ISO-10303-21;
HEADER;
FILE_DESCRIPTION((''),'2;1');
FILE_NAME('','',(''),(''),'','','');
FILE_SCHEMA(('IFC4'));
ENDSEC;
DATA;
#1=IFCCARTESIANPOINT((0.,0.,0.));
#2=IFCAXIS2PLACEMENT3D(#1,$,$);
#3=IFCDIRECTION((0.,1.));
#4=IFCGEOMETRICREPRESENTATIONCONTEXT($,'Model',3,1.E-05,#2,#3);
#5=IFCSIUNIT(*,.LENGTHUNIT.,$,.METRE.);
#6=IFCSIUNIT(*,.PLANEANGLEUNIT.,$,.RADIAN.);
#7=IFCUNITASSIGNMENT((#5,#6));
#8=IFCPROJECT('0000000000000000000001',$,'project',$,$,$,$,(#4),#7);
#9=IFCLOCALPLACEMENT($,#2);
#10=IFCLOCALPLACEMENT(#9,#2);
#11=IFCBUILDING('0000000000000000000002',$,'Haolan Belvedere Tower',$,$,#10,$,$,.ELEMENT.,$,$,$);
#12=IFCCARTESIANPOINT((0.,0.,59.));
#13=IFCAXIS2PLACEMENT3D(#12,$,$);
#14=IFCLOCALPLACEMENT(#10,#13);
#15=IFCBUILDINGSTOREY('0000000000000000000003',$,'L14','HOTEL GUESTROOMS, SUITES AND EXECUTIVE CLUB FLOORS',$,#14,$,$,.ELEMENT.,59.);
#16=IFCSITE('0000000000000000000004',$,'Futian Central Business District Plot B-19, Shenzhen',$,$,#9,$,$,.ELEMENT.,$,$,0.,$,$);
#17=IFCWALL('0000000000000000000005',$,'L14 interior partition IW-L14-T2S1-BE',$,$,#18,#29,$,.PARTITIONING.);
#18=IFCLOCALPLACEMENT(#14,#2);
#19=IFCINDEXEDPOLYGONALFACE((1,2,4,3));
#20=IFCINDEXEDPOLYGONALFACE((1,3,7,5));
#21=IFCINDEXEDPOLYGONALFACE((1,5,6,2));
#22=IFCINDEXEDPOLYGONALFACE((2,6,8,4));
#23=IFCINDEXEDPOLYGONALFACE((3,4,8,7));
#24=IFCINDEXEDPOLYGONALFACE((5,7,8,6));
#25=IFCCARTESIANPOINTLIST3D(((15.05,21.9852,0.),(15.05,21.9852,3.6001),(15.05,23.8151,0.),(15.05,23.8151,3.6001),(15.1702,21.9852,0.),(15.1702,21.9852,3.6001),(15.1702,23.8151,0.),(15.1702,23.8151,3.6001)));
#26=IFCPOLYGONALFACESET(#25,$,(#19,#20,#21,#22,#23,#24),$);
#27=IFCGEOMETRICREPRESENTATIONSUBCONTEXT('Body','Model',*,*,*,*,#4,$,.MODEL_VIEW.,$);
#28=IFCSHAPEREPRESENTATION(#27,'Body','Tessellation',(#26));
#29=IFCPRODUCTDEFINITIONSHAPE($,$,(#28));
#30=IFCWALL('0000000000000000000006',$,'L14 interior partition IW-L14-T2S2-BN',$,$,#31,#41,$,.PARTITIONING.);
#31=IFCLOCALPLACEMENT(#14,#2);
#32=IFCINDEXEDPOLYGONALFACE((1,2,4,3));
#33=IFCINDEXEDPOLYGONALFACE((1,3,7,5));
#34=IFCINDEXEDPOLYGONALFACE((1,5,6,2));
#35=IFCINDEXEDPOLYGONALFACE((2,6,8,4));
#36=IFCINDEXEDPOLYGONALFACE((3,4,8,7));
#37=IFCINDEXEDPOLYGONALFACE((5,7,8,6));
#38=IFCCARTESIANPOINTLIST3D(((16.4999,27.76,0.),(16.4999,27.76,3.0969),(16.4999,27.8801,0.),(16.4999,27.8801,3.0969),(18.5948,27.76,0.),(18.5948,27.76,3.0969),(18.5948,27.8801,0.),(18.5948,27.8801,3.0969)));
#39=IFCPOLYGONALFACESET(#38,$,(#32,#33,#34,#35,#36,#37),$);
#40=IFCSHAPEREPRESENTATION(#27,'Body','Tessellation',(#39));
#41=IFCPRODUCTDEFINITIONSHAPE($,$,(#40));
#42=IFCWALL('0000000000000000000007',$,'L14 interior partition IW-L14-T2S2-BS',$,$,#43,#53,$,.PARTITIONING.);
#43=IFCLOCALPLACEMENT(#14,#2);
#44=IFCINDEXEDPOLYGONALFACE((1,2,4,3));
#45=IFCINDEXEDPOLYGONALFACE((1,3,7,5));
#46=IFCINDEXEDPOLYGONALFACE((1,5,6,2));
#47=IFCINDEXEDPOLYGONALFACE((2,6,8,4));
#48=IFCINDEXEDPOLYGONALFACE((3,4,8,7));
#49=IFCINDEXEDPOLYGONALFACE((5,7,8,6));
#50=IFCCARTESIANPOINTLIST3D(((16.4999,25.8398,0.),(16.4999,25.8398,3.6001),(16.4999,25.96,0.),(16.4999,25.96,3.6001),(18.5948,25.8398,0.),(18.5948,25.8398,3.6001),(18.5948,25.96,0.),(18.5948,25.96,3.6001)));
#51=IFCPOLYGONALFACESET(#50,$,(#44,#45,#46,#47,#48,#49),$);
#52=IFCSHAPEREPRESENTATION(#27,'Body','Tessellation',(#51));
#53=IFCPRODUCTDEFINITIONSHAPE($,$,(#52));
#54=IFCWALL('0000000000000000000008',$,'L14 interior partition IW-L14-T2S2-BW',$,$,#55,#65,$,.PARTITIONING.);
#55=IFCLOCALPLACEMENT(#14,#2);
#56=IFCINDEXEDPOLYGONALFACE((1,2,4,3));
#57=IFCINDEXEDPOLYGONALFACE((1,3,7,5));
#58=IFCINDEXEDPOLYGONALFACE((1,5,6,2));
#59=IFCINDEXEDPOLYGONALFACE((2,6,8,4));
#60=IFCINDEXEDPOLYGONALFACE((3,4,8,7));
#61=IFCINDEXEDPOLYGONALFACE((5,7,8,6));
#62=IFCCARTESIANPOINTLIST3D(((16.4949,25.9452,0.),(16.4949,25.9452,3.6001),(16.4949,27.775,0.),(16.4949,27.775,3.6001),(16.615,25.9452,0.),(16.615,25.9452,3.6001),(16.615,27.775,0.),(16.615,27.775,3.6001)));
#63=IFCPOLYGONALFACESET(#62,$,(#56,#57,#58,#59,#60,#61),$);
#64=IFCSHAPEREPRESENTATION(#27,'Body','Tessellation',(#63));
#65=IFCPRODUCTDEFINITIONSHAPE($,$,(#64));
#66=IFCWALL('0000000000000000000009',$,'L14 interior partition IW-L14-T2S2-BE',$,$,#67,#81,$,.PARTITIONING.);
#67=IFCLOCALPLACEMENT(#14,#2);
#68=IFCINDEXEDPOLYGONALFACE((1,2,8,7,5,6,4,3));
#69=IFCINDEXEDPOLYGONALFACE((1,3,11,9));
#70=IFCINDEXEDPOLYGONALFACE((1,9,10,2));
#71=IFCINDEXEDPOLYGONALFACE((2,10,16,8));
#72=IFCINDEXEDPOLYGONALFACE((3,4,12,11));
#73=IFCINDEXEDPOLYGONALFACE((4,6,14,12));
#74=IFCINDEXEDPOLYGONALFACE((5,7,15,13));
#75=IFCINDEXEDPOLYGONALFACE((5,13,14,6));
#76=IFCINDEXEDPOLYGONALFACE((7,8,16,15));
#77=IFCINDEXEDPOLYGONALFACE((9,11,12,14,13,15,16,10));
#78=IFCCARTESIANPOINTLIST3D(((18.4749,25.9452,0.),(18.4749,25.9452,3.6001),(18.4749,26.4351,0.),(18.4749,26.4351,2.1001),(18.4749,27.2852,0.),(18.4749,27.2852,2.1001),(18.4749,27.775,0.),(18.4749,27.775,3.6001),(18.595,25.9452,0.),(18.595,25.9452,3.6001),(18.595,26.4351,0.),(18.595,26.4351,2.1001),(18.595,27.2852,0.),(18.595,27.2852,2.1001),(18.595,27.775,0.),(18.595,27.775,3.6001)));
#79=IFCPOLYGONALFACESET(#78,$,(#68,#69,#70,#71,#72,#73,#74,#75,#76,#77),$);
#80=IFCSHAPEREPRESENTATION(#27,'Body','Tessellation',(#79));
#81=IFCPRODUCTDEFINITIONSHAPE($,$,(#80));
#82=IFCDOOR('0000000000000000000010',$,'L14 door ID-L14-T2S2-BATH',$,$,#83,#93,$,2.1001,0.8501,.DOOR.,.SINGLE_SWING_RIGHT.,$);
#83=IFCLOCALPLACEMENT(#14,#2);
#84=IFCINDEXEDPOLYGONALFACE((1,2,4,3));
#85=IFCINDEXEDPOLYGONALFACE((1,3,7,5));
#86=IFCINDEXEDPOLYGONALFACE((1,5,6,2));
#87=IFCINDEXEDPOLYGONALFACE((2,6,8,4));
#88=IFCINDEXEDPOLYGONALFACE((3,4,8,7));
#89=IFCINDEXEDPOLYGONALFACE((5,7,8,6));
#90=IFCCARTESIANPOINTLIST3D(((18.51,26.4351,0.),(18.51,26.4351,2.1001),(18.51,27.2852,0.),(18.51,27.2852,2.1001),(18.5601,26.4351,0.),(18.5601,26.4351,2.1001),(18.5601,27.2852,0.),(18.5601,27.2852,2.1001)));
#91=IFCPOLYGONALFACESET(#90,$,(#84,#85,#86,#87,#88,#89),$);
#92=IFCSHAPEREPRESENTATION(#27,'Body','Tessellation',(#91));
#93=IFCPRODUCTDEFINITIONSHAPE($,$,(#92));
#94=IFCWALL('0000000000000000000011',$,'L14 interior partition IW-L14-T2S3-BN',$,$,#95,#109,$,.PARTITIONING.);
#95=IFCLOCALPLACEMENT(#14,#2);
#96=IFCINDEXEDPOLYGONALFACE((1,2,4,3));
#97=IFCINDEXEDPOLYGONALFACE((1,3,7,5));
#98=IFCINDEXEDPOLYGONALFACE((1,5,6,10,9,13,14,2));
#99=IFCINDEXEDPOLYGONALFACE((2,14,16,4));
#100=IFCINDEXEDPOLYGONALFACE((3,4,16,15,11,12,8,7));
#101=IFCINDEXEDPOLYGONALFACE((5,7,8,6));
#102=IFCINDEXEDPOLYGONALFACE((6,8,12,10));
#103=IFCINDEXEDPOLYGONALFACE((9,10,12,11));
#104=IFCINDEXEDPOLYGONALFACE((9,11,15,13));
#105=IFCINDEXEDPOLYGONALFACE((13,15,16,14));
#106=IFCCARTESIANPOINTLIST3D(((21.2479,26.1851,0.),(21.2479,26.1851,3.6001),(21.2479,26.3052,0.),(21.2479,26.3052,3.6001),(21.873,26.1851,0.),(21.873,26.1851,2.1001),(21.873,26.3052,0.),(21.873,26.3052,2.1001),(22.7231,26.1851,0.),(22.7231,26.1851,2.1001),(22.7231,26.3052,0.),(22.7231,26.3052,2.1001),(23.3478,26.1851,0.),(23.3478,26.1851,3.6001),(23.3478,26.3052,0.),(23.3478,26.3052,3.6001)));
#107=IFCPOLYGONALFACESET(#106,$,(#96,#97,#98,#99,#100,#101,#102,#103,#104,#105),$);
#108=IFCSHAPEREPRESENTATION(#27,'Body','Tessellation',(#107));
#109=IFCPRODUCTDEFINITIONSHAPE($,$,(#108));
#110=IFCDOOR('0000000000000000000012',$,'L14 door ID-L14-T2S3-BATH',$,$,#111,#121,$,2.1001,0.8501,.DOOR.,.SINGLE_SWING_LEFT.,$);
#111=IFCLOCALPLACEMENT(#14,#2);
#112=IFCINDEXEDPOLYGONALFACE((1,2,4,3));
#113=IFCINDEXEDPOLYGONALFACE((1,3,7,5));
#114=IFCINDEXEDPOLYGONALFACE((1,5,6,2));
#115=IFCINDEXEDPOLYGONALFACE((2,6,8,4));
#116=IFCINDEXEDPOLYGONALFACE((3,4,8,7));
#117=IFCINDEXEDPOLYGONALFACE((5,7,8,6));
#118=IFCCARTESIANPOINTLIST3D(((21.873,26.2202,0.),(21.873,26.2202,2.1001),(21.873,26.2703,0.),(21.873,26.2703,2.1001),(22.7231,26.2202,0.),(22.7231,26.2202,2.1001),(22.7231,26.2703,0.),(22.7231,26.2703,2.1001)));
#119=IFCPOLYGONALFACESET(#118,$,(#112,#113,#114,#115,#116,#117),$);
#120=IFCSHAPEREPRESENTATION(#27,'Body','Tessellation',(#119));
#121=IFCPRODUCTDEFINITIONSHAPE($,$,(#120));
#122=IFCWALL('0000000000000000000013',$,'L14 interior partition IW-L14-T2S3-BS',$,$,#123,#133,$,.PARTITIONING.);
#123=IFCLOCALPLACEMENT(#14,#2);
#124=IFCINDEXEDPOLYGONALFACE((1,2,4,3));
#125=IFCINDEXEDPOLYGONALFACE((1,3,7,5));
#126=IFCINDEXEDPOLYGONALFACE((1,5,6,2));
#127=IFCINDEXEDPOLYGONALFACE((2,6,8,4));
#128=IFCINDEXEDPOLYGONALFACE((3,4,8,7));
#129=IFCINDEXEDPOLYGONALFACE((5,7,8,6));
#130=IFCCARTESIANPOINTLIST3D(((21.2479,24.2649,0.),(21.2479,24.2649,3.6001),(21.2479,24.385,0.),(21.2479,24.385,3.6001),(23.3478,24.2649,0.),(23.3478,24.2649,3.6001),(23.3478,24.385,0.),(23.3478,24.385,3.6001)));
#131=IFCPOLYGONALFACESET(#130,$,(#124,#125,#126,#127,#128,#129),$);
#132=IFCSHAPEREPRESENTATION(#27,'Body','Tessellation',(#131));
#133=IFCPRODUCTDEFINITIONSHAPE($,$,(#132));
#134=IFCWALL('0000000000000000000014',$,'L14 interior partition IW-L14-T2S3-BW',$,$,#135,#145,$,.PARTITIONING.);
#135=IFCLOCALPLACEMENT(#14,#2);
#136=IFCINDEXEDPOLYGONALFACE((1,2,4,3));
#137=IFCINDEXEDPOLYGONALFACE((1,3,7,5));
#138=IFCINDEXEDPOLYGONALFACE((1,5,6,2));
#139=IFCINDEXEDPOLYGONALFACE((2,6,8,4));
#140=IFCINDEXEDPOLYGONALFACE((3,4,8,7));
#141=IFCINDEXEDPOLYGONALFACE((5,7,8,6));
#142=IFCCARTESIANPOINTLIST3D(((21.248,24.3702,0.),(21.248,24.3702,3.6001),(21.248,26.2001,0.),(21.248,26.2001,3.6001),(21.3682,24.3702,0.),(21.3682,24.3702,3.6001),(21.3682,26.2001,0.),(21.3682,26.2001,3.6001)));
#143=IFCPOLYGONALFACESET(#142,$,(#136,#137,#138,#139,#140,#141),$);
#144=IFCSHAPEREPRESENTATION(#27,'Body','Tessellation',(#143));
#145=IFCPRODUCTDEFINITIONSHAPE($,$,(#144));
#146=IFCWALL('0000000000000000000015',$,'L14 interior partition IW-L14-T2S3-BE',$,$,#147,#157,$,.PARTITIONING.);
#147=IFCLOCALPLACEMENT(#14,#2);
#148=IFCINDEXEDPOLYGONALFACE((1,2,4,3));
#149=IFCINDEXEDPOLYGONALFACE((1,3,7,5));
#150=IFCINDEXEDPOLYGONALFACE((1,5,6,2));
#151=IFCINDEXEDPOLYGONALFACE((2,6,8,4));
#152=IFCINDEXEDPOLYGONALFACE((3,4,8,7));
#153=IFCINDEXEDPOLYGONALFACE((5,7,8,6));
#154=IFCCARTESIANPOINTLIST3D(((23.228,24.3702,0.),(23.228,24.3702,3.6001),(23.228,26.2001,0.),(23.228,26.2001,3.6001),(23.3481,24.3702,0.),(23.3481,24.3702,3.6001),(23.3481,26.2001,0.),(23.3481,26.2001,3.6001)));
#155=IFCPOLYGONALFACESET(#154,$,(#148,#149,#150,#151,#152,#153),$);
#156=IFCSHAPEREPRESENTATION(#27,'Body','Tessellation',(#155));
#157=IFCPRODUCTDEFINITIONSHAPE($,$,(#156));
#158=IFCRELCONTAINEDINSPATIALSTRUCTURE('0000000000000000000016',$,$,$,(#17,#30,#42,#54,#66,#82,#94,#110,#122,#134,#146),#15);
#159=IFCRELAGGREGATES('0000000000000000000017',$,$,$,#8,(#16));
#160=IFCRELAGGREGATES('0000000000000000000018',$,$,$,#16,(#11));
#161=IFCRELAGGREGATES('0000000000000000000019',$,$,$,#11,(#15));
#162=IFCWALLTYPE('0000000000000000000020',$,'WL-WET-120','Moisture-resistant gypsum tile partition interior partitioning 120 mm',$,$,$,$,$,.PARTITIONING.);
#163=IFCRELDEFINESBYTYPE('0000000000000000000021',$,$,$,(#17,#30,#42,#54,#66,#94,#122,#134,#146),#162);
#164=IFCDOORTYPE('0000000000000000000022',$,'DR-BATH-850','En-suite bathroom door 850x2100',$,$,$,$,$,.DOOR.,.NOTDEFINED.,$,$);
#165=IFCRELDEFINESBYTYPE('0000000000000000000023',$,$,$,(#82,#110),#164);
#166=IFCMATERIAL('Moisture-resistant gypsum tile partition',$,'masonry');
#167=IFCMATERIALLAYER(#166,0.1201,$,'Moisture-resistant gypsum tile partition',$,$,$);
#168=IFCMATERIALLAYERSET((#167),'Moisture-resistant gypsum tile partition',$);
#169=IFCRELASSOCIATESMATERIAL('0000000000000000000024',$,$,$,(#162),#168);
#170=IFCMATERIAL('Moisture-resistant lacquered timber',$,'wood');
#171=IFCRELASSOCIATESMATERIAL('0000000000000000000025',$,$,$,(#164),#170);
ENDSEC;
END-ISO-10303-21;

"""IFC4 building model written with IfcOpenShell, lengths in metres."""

from ifc_helpers import new_model, si_unit, direction, frame, frame_2d, origin, place, context, subcontext, project, spatial, rectangle, extrude, material, layer, layer_set, type_object, element, fill, save


model = new_model("IFC4")

# Units and contexts
model_context = context("Model", 3, precision=1e-05, world=origin(), true_north=direction((0.0, 1.0)))
body_context = subcontext(model_context, "Body", "Model", "MODEL_VIEW")
ifc_project = project(units=[si_unit("LENGTHUNIT", "METRE"), si_unit("PLANEANGLEUNIT", "RADIAN")], contexts=[model_context])

# Site, building, storey
site_placement = place(None, origin())
site = spatial("IfcSite", under=ifc_project, at=site_placement, Name="Futian Central Business District Plot B-19, Shenzhen", CompositionType="ELEMENT", RefElevation=0.0)
building_placement = place(site_placement, origin())
building = spatial("IfcBuilding", under=site, at=building_placement, Name="Haolan Belvedere Tower", CompositionType="ELEMENT")
storey_placement = place(building_placement, frame((0.0, 0.0, 59.0)))
storey = spatial("IfcBuildingStorey", under=building, at=storey_placement, Name="L14", Description="HOTEL GUESTROOMS, SUITES AND EXECUTIVE CLUB FLOORS", CompositionType="ELEMENT", Elevation=59.0)

# Walls
ifc_material_1 = material(Name="Moisture-resistant gypsum tile partition", Category="masonry")
ifc_layer_1 = layer(ifc_material_1, 0.1201, Name="Moisture-resistant gypsum tile partition")
ifc_layer_set_1 = layer_set([ifc_layer_1], Name="Moisture-resistant gypsum tile partition")
wall_type_1 = type_object("IfcWallType", Name="WL-WET-120", Description="Moisture-resistant gypsum tile partition interior partitioning 120 mm", PredefinedType="PARTITIONING", material=ifc_layer_set_1)
wall_1_placement = place(storey_placement, frame((15.1101, 21.9851, 0.0), z_axis=(0.0, 0.0, 1.0), x_axis=(0.0, 1.0, 0.0)))
element("IfcWall", 1, at=wall_1_placement, inside=storey, type_object=wall_type_1, Name="L14 interior partition IW-L14-T2S1-BE", PredefinedType="PARTITIONING", context=body_context, shape_type="SweptSolid", body=[
    extrude(rectangle(XDim=1.8298, YDim=0.1201, at=frame_2d((0.915, 0.0))), origin(), (0.0, 0.0, 1.0), 3.6001),
])
wall_2_placement = place(storey_placement, frame((16.5, 27.8201, 0.0), z_axis=(0.0, 0.0, 1.0), x_axis=(1.0, 0.0, 0.0)))
element("IfcWall", 2, at=wall_2_placement, inside=storey, type_object=wall_type_1, Name="L14 interior partition IW-L14-T2S2-BN", PredefinedType="PARTITIONING", context=body_context, shape_type="SweptSolid", body=[
    extrude(rectangle(XDim=2.095, YDim=0.1201, at=frame_2d((1.0474, 0.0))), origin(), (0.0, 0.0, 1.0), 3.0969),
])
wall_3_placement = place(storey_placement, frame((16.5, 25.8999, 0.0), z_axis=(0.0, 0.0, 1.0), x_axis=(1.0, 0.0, 0.0)))
element("IfcWall", 3, at=wall_3_placement, inside=storey, type_object=wall_type_1, Name="L14 interior partition IW-L14-T2S2-BS", PredefinedType="PARTITIONING", context=body_context, shape_type="SweptSolid", body=[
    extrude(rectangle(XDim=2.095, YDim=0.1201, at=frame_2d((1.0474, 0.0))), origin(), (0.0, 0.0, 1.0), 3.6001),
])
wall_4_placement = place(storey_placement, frame((16.5549, 25.9451, 0.0), z_axis=(0.0, 0.0, 1.0), x_axis=(0.0, 1.0, 0.0)))
element("IfcWall", 4, at=wall_4_placement, inside=storey, type_object=wall_type_1, Name="L14 interior partition IW-L14-T2S2-BW", PredefinedType="PARTITIONING", context=body_context, shape_type="SweptSolid", body=[
    extrude(rectangle(XDim=1.8298, YDim=0.1201, at=frame_2d((0.915, 0.0))), origin(), (0.0, 0.0, 1.0), 3.6001),
])

# Walls, openings, doors
wall_5_placement = place(storey_placement, frame((18.5349, 25.9451, 0.0), z_axis=(0.0, 0.0, 1.0), x_axis=(0.0, 1.0, 0.0)))
wall_5 = element("IfcWall", 5, at=wall_5_placement, inside=storey, type_object=wall_type_1, Name="L14 interior partition IW-L14-T2S2-BE", PredefinedType="PARTITIONING", context=body_context, shape_type="SweptSolid", body=[
    extrude(rectangle(XDim=1.8298, YDim=0.1201, at=frame_2d((0.915, 0.0))), origin(), (0.0, 0.0, 1.0), 3.6001),
])
opening_1_placement = place(wall_5_placement, frame((0.49, 0.0, 0.0)))
opening_1 = element("IfcOpeningElement", 6, at=opening_1_placement, cuts=wall_5, PredefinedType="OPENING", context=body_context, shape_type="SweptSolid", body=[
    extrude(rectangle(XDim=0.8501, YDim=2.1001, at=frame_2d((0.425, 1.05))), frame((0.0, 0.0701, 0.0), z_axis=(0.0, -1.0, 0.0), x_axis=(1.0, 0.0, 0.0)), (0.0, 0.0, 1.0), 0.1401),
])
ifc_material_2 = material(Name="Moisture-resistant lacquered timber", Category="wood")
door_type_1 = type_object("IfcDoorType", Name="DR-BATH-850", Description="En-suite bathroom door 850x2100", OperationType="NOTDEFINED", PredefinedType="DOOR", material=ifc_material_2)
door_1_placement = place(opening_1_placement, origin())
door_1 = element("IfcDoor", 7, at=door_1_placement, inside=storey, type_object=door_type_1, Name="L14 door ID-L14-T2S2-BATH", OperationType="SINGLE_SWING_RIGHT", OverallHeight=2.1001, OverallWidth=0.8501, PredefinedType="DOOR", context=body_context, shape_type="SweptSolid", body=[
    extrude(rectangle(XDim=0.8501, YDim=2.1001, at=frame_2d((0.425, 1.05))), frame((0.0, 0.0249, 0.0), z_axis=(0.0, -1.0, 0.0), x_axis=(1.0, 0.0, 0.0)), (0.0, 0.0, 1.0), 0.05),
])
fill(opening_1, door_1)
wall_6_placement = place(storey_placement, frame((21.248, 26.2451, 0.0), z_axis=(0.0, 0.0, 1.0), x_axis=(1.0, 0.0, 0.0)))
wall_6 = element("IfcWall", 8, at=wall_6_placement, inside=storey, type_object=wall_type_1, Name="L14 interior partition IW-L14-T2S3-BN", PredefinedType="PARTITIONING", context=body_context, shape_type="SweptSolid", body=[
    extrude(rectangle(XDim=2.0999, YDim=0.1201, at=frame_2d((1.0498, 0.0))), origin(), (0.0, 0.0, 1.0), 3.6001),
])
opening_2_placement = place(wall_6_placement, frame((1.4751, 0.0, 0.0), z_axis=(0.0, 0.0, 1.0), x_axis=(-1.0, 0.0, 0.0)))
opening_2 = element("IfcOpeningElement", 9, at=opening_2_placement, cuts=wall_6, PredefinedType="OPENING", context=body_context, shape_type="SweptSolid", body=[
    extrude(rectangle(XDim=0.8501, YDim=2.1001, at=frame_2d((0.425, 1.05))), frame((0.0, 0.0701, 0.0), z_axis=(0.0, -1.0, 0.0), x_axis=(1.0, 0.0, 0.0)), (0.0, 0.0, 1.0), 0.1401),
])
door_2_placement = place(opening_2_placement, origin())
door_2 = element("IfcDoor", 10, at=door_2_placement, inside=storey, type_object=door_type_1, Name="L14 door ID-L14-T2S3-BATH", OperationType="SINGLE_SWING_LEFT", OverallHeight=2.1001, OverallWidth=0.8501, PredefinedType="DOOR", context=body_context, shape_type="SweptSolid", body=[
    extrude(rectangle(XDim=0.8501, YDim=2.1001, at=frame_2d((0.425, 1.05))), frame((0.0, 0.0249, 0.0), z_axis=(0.0, -1.0, 0.0), x_axis=(1.0, 0.0, 0.0)), (0.0, 0.0, 1.0), 0.05),
])
fill(opening_2, door_2)

# Walls
wall_7_placement = place(storey_placement, frame((21.248, 24.325, 0.0), z_axis=(0.0, 0.0, 1.0), x_axis=(1.0, 0.0, 0.0)))
element("IfcWall", 11, at=wall_7_placement, inside=storey, type_object=wall_type_1, Name="L14 interior partition IW-L14-T2S3-BS", PredefinedType="PARTITIONING", context=body_context, shape_type="SweptSolid", body=[
    extrude(rectangle(XDim=2.0999, YDim=0.1201, at=frame_2d((1.0498, 0.0))), origin(), (0.0, 0.0, 1.0), 3.6001),
])
for number, where, z_axis, x_axis, name in (
    (12, (21.3081, 24.3701, 0.0), (0.0, 0.0, 1.0), (0.0, 1.0, 0.0), "L14 interior partition IW-L14-T2S3-BW"),
    (13, (23.2881, 24.3701, 0.0), (0.0, 0.0, 1.0), (0.0, 1.0, 0.0), "L14 interior partition IW-L14-T2S3-BE"),
):
    element("IfcWall", number, at=place(storey_placement, frame(where, z_axis=z_axis, x_axis=x_axis)), inside=storey, type_object=wall_type_1, Name=name, PredefinedType="PARTITIONING", context=body_context, shape_type="SweptSolid", body=[
        extrude(rectangle(XDim=1.8298, YDim=0.1201, at=frame_2d((0.915, 0.0))), origin(), (0.0, 0.0, 1.0), 3.6001),
    ])

save(model, "model.ifc")
